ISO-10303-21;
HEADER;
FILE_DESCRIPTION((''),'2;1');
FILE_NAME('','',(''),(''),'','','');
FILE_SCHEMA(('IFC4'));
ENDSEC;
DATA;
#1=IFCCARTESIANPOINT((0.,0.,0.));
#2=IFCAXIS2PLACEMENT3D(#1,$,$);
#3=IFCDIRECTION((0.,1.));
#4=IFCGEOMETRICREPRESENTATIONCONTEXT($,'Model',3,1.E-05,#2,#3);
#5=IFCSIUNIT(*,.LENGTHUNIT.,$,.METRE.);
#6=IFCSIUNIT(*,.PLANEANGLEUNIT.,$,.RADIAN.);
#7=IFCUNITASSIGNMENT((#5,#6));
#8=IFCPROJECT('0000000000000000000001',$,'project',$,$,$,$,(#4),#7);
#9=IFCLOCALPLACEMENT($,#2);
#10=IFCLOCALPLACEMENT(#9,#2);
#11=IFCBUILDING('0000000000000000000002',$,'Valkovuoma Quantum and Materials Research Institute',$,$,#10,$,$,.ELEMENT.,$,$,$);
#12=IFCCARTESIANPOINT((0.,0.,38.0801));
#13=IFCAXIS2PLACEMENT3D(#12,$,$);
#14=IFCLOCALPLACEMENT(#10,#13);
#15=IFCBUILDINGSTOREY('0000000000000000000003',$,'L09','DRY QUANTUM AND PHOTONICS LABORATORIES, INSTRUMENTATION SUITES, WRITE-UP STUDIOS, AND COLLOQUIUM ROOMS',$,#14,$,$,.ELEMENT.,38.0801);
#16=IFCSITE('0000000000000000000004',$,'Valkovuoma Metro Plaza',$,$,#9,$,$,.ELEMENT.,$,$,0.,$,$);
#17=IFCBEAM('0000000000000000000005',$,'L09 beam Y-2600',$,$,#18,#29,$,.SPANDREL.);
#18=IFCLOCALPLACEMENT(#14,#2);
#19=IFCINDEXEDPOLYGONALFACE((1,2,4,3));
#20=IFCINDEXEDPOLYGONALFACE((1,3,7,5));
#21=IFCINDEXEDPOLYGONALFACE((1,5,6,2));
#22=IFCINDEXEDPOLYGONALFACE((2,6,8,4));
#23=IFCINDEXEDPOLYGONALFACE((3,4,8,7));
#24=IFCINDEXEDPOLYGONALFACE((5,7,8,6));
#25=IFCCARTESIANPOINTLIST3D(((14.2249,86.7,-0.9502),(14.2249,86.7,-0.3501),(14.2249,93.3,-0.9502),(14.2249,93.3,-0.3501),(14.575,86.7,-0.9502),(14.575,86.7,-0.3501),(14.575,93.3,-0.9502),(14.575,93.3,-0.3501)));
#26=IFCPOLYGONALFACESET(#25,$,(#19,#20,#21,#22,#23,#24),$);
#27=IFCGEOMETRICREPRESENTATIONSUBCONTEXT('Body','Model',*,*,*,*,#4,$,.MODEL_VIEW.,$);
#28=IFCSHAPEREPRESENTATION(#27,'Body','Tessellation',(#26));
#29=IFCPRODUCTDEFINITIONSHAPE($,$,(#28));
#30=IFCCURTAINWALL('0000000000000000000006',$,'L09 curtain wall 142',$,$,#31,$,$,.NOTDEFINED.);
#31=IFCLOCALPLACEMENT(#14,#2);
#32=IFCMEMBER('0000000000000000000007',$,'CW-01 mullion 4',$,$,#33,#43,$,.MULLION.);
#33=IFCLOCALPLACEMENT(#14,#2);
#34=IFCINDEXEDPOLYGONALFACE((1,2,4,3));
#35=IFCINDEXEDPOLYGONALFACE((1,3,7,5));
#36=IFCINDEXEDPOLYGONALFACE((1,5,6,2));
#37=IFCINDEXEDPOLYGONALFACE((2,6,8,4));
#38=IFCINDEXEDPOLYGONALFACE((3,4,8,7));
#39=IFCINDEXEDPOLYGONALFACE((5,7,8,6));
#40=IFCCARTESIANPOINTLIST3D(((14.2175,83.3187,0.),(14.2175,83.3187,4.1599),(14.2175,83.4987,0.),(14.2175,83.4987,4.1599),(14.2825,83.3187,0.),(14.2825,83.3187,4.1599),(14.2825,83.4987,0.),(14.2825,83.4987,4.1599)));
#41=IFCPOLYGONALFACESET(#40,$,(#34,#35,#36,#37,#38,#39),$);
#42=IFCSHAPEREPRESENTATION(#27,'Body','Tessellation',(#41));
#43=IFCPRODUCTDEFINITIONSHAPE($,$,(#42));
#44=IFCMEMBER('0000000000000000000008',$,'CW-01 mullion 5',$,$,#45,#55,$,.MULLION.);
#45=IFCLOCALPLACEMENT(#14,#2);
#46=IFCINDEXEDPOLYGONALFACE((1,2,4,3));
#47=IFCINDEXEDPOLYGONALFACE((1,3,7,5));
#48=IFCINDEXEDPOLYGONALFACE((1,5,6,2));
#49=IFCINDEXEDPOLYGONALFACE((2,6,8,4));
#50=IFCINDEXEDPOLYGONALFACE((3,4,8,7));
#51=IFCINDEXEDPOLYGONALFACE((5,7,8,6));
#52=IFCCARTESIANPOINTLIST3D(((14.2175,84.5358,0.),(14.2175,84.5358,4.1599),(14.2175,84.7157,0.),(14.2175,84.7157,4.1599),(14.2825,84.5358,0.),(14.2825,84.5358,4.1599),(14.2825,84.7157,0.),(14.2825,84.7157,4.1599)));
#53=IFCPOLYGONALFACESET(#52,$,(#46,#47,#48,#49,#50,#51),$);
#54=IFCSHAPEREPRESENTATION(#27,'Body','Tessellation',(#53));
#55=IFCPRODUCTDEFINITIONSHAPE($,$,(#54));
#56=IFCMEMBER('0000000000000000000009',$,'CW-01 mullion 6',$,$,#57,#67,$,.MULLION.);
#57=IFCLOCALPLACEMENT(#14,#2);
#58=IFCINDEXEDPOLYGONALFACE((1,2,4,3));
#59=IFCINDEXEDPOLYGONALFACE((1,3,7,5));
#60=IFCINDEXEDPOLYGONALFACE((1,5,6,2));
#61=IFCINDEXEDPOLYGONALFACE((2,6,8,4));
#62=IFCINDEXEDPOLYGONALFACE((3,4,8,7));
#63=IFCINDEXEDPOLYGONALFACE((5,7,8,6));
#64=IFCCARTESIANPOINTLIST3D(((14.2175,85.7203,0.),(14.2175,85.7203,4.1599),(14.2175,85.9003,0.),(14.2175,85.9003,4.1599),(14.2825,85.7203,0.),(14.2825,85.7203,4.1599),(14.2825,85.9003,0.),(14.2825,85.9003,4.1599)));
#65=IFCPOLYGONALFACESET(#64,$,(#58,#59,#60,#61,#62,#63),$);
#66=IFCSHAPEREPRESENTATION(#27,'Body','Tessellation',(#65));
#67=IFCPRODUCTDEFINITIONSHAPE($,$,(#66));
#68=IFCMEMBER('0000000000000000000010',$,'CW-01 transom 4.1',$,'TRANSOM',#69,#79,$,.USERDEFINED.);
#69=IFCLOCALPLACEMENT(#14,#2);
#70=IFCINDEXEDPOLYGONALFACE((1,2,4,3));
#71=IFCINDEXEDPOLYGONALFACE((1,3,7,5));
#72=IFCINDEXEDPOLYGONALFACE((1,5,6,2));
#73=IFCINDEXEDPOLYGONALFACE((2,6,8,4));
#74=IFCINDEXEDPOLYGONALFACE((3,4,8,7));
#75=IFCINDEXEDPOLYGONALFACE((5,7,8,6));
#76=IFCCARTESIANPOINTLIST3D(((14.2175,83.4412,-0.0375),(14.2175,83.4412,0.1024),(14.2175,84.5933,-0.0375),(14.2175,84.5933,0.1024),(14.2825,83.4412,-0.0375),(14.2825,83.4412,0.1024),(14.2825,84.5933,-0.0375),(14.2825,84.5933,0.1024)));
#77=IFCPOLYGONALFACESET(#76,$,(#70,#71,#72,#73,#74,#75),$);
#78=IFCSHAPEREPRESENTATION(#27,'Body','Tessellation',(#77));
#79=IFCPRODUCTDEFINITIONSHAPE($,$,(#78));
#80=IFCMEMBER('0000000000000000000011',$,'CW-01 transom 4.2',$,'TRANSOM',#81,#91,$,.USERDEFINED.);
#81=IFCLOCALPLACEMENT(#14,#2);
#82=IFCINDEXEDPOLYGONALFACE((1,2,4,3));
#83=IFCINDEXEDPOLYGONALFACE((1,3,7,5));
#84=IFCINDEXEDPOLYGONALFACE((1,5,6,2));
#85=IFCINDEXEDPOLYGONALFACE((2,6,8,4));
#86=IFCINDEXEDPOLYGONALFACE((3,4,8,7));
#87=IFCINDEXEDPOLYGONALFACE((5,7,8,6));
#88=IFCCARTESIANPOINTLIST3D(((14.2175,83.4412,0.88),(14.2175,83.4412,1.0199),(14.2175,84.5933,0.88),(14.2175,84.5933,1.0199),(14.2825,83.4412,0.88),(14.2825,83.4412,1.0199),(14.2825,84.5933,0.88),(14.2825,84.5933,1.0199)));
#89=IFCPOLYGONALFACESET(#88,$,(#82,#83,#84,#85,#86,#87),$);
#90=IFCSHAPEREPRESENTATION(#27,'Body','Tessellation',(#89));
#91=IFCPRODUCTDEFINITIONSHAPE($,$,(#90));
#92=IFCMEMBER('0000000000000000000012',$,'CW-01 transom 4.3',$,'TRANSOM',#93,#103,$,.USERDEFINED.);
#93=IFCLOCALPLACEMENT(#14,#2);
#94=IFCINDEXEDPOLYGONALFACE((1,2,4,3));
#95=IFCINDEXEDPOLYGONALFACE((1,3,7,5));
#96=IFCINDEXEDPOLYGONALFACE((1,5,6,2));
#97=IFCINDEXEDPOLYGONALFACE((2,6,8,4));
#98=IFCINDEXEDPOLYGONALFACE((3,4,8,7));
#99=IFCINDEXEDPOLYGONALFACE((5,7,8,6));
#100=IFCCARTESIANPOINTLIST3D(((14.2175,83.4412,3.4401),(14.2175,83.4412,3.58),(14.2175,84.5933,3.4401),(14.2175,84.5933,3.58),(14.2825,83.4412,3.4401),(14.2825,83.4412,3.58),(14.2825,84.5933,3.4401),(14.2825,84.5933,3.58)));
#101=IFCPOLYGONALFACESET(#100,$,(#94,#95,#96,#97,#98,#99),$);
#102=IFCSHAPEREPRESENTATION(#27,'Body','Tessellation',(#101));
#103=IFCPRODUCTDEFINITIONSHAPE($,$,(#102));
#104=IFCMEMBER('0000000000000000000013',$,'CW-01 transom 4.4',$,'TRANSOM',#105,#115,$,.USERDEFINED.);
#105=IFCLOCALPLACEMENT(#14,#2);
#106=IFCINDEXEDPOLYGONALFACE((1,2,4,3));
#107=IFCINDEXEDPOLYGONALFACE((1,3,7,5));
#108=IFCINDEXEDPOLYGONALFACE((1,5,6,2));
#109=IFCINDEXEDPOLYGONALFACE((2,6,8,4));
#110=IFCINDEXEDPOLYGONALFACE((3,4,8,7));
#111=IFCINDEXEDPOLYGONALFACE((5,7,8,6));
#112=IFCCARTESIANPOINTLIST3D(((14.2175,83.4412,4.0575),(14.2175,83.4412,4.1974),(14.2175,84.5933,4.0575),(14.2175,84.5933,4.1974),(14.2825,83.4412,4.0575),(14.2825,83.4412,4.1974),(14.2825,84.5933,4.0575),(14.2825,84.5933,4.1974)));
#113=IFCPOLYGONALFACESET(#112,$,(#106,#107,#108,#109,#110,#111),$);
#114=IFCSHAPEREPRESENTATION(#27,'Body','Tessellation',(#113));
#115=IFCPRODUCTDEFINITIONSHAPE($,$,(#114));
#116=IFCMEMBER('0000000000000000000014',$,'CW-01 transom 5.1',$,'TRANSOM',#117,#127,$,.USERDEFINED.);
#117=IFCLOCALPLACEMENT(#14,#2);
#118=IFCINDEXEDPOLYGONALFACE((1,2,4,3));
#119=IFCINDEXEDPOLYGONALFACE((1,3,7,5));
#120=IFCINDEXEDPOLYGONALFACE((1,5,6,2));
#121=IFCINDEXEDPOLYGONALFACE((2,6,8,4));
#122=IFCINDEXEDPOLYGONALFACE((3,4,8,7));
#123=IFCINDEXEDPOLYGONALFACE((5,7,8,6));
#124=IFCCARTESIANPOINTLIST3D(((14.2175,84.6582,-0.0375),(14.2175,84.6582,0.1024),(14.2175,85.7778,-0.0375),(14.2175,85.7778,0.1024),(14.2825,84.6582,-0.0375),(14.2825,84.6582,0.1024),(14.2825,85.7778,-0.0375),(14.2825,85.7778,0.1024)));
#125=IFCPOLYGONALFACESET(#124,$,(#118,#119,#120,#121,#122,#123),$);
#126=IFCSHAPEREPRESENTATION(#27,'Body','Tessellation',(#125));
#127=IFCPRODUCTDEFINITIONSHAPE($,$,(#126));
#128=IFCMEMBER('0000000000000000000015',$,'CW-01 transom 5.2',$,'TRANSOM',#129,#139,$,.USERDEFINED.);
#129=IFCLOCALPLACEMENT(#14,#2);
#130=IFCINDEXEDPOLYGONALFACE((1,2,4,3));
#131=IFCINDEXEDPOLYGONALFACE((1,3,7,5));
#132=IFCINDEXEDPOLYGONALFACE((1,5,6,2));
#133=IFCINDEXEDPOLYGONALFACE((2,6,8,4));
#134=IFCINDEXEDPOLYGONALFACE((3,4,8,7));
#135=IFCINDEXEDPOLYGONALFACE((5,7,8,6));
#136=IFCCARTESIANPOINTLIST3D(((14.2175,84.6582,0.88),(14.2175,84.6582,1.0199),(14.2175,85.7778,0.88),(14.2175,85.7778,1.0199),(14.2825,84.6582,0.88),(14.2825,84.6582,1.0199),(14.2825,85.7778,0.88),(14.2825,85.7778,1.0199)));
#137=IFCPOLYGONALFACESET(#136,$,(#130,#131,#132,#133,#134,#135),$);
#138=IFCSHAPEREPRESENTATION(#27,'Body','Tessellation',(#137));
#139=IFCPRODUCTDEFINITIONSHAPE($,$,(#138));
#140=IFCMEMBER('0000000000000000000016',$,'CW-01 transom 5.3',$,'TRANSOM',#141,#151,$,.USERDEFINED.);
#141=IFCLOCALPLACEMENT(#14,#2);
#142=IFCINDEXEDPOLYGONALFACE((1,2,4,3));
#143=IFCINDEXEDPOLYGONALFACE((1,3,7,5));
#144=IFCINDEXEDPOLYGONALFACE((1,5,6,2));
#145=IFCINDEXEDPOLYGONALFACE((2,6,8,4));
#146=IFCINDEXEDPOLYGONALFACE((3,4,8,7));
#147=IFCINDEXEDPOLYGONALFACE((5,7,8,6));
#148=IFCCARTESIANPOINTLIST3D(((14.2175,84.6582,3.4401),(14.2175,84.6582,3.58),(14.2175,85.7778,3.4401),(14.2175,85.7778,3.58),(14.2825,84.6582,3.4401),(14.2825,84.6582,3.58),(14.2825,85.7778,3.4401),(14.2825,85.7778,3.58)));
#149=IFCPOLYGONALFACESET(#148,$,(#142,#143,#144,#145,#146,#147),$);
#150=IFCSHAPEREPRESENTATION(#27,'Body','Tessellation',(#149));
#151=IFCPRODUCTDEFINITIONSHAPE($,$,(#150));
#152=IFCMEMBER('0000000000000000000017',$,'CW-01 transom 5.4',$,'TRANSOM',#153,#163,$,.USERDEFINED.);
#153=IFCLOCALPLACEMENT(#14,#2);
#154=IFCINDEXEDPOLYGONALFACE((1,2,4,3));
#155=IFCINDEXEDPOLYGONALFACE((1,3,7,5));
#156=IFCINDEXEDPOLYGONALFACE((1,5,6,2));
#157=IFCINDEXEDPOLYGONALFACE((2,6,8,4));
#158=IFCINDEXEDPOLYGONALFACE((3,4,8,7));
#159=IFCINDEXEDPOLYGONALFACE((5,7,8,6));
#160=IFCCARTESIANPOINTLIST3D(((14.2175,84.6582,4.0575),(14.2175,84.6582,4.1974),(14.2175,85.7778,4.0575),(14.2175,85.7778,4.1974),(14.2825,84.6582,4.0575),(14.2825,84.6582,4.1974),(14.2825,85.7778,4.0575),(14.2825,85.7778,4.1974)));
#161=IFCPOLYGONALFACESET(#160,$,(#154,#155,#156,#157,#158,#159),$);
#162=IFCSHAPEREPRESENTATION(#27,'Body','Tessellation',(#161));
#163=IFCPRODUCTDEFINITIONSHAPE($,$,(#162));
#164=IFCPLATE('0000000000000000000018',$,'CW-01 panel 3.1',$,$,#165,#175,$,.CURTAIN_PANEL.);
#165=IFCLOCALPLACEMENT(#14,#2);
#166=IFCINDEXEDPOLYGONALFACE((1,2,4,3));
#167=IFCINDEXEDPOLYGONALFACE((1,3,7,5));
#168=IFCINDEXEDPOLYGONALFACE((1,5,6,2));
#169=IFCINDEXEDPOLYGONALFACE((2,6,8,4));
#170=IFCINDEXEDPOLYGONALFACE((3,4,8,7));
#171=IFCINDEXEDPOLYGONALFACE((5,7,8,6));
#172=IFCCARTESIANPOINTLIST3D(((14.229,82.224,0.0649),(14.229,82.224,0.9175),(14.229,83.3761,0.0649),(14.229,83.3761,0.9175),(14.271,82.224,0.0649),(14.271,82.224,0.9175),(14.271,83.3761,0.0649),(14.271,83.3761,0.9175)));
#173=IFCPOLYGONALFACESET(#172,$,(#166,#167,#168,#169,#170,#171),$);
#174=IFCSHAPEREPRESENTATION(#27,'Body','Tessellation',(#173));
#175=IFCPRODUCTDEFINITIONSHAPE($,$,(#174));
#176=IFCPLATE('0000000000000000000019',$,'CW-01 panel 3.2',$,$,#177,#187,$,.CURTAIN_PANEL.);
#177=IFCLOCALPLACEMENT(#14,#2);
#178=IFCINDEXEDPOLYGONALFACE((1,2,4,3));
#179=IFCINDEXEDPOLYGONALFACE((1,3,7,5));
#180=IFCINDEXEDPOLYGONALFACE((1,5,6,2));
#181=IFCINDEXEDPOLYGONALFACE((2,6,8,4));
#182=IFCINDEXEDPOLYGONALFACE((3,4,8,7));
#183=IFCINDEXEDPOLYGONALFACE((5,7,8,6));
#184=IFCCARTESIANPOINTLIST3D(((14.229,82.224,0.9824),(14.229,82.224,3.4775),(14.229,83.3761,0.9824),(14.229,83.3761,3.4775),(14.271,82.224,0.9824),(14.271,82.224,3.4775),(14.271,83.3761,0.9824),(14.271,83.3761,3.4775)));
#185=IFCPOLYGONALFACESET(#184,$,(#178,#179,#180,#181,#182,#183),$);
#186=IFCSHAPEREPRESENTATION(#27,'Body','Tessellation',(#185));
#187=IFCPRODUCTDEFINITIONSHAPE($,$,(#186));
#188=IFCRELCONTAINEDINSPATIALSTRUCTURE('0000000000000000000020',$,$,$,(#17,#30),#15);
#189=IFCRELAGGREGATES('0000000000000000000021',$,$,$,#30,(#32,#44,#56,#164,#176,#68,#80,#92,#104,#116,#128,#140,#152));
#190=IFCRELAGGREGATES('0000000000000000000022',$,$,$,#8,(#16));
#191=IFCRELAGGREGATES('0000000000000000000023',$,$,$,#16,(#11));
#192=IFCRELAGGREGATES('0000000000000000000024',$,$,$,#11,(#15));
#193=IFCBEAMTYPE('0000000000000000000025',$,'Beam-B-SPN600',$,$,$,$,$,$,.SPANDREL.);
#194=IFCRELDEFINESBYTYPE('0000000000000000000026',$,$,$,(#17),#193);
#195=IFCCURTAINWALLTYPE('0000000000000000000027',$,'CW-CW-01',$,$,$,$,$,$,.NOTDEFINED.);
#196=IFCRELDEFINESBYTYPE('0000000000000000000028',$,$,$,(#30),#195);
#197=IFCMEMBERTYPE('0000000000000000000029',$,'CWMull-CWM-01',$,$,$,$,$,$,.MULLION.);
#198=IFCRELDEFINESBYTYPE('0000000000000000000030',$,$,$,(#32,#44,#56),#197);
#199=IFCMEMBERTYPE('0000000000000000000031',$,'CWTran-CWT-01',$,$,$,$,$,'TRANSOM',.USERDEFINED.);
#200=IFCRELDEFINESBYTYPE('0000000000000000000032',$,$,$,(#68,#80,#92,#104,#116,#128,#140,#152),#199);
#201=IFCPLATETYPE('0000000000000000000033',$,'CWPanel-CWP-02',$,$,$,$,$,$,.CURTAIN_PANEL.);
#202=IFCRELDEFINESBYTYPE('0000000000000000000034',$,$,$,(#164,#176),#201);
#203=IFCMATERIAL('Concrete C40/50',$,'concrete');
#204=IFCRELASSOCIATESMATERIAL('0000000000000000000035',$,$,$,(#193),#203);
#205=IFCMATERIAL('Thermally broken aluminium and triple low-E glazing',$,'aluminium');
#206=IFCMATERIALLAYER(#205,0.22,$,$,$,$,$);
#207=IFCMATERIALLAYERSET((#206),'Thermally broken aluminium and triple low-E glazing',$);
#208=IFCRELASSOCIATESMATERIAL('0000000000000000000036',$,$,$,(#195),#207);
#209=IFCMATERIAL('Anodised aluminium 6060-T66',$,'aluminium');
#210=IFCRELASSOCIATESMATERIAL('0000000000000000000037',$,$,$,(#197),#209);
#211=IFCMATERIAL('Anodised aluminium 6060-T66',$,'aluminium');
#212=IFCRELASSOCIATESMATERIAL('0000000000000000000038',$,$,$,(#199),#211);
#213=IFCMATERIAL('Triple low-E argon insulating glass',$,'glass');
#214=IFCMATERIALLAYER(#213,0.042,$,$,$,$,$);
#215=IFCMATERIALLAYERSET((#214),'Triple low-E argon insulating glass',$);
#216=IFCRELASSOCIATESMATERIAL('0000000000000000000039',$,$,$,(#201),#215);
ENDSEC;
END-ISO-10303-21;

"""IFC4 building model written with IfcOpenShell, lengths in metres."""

from ifc_helpers import new_model, si_unit, direction, frame, origin, origin_2d, place, context, subcontext, project, spatial, rectangle, extrude, material, layer, layer_set, material_profile, profile_set, type_object, element, aggregate, save


model = new_model("IFC4")

# Units and contexts
model_context = context("Model", 3, precision=1e-05, world=origin(), true_north=direction((0.0, 1.0)))
body_context = subcontext(model_context, "Body", "Model", "MODEL_VIEW")
ifc_project = project(units=[si_unit("LENGTHUNIT", "METRE"), si_unit("PLANEANGLEUNIT", "RADIAN")], contexts=[model_context])

# Site, building, storey
site_placement = place(None, origin())
site = spatial("IfcSite", under=ifc_project, at=site_placement, Name="Valkovuoma Metro Plaza", CompositionType="ELEMENT", RefElevation=0.0)
building_placement = place(site_placement, origin())
building = spatial("IfcBuilding", under=site, at=building_placement, Name="Valkovuoma Quantum and Materials Research Institute", CompositionType="ELEMENT")
storey_placement = place(building_placement, frame((0.0, 0.0, 38.0801)))
storey = spatial("IfcBuildingStorey", under=building, at=storey_placement, Name="L09", Description="DRY QUANTUM AND PHOTONICS LABORATORIES, INSTRUMENTATION SUITES, WRITE-UP STUDIOS, AND COLLOQUIUM ROOMS", CompositionType="ELEMENT", Elevation=38.0801)

# Beam
ifc_material_1 = material(Name="Concrete C40/50", Category="concrete")
ifc_material_profile_1 = material_profile(ifc_material_1, rectangle(XDim=0.3501, YDim=0.6001, at=origin_2d()), Name="Concrete C40/50")
ifc_profile_set_1 = profile_set([ifc_material_profile_1], Name="Concrete C40/50")
beam_type_1 = type_object("IfcBeamType", Name="Beam-B-SPN600", PredefinedType="SPANDREL", material=ifc_profile_set_1)
beam_1_placement = place(storey_placement, frame((14.3999, 86.7, -0.6501), z_axis=(0.0, 1.0, 0.0), x_axis=(-1.0, 0.0, 0.0)))
element("IfcBeam", 1, at=beam_1_placement, inside=storey, type_object=beam_type_1, Name="L09 beam Y-2600", PredefinedType="SPANDREL", context=body_context, shape_type="SweptSolid", body=[
    extrude(rectangle(XDim=0.3501, YDim=0.6001, at=origin_2d()), origin(), (0.0, 0.0, 1.0), 6.6001),
])

# Curtain wall, members, plates
ifc_material_2 = material(Name="Thermally broken aluminium and triple low-E glazing", Category="aluminium")
ifc_layer_1 = layer(ifc_material_2, 0.22)
ifc_layer_set_1 = layer_set([ifc_layer_1], Name="Thermally broken aluminium and triple low-E glazing")
curtain_wall_type = type_object("IfcCurtainWallType", Name="CW-CW-01", PredefinedType="NOTDEFINED", material=ifc_layer_set_1)
curtain_wall_placement = place(storey_placement, origin())
curtain_wall = element("IfcCurtainWall", 2, at=curtain_wall_placement, inside=storey, type_object=curtain_wall_type, Name="L09 curtain wall 142", PredefinedType="NOTDEFINED")
ifc_material_3 = material(Name="Anodised aluminium 6060-T66", Category="aluminium")
ifc_material_profile_2 = material_profile(ifc_material_3, rectangle(XDim=0.0649, YDim=0.1799, at=origin_2d()), Name="Anodised aluminium 6060-T66")
ifc_profile_set_2 = profile_set([ifc_material_profile_2], Name="Anodised aluminium 6060-T66")
member_type_1 = type_object("IfcMemberType", Name="CWMull-CWM-01", PredefinedType="MULLION", material=ifc_profile_set_2)
member_1_placement = place(storey_placement, frame((14.25, 83.4087, 0.0), z_axis=(0.0, 0.0, 1.0), x_axis=(-1.0, 0.0, 0.0)))
member_1 = element("IfcMember", 3, at=member_1_placement, type_object=member_type_1, Name="CW-01 mullion 4", PredefinedType="MULLION", context=body_context, shape_type="SweptSolid", body=[
    extrude(rectangle(XDim=0.0649, YDim=0.1799, at=origin_2d()), origin(), (0.0, 0.0, 1.0), 4.1599),
])
member_2_placement = place(storey_placement, frame((14.25, 84.6257, 0.0), z_axis=(0.0, 0.0, 1.0), x_axis=(-1.0, 0.0, 0.0)))
member_2 = element("IfcMember", 4, at=member_2_placement, type_object=member_type_1, Name="CW-01 mullion 5", PredefinedType="MULLION", context=body_context, shape_type="SweptSolid", body=[
    extrude(rectangle(XDim=0.0649, YDim=0.1799, at=origin_2d()), origin(), (0.0, 0.0, 1.0), 4.1599),
])
member_3_placement = place(storey_placement, frame((14.25, 85.8103, 0.0), z_axis=(0.0, 0.0, 1.0), x_axis=(-1.0, 0.0, 0.0)))
member_3 = element("IfcMember", 5, at=member_3_placement, type_object=member_type_1, Name="CW-01 mullion 6", PredefinedType="MULLION", context=body_context, shape_type="SweptSolid", body=[
    extrude(rectangle(XDim=0.0649, YDim=0.1799, at=origin_2d()), origin(), (0.0, 0.0, 1.0), 4.1599),
])
ifc_material_4 = material(Name="Anodised aluminium 6060-T66", Category="aluminium")
ifc_material_profile_3 = material_profile(ifc_material_4, rectangle(XDim=0.0649, YDim=0.1399, at=origin_2d()), Name="Anodised aluminium 6060-T66")
ifc_profile_set_3 = profile_set([ifc_material_profile_3], Name="Anodised aluminium 6060-T66")
member_type_2 = type_object("IfcMemberType", Name="CWTran-CWT-01", ElementType="TRANSOM", PredefinedType="USERDEFINED", material=ifc_profile_set_3)
member_4_placement = place(storey_placement, frame((14.25, 83.4412, 0.0325), z_axis=(0.0, 1.0, 0.0), x_axis=(-1.0, 0.0, 0.0)))
member_4 = element("IfcMember", 6, at=member_4_placement, type_object=member_type_2, Name="CW-01 transom 4.1", ObjectType="TRANSOM", PredefinedType="USERDEFINED", context=body_context, shape_type="SweptSolid", body=[
    extrude(rectangle(XDim=0.0649, YDim=0.1399, at=origin_2d()), origin(), (0.0, 0.0, 1.0), 1.1521),
])
member_5_placement = place(storey_placement, frame((14.25, 83.4412, 0.95), z_axis=(0.0, 1.0, 0.0), x_axis=(-1.0, 0.0, 0.0)))
member_5 = element("IfcMember", 7, at=member_5_placement, type_object=member_type_2, Name="CW-01 transom 4.2", ObjectType="TRANSOM", PredefinedType="USERDEFINED", context=body_context, shape_type="SweptSolid", body=[
    extrude(rectangle(XDim=0.0649, YDim=0.1399, at=origin_2d()), origin(), (0.0, 0.0, 1.0), 1.1521),
])
member_6_placement = place(storey_placement, frame((14.25, 83.4412, 3.51), z_axis=(0.0, 1.0, 0.0), x_axis=(-1.0, 0.0, 0.0)))
member_6 = element("IfcMember", 8, at=member_6_placement, type_object=member_type_2, Name="CW-01 transom 4.3", ObjectType="TRANSOM", PredefinedType="USERDEFINED", context=body_context, shape_type="SweptSolid", body=[
    extrude(rectangle(XDim=0.0649, YDim=0.1399, at=origin_2d()), origin(), (0.0, 0.0, 1.0), 1.1521),
])
member_7_placement = place(storey_placement, frame((14.25, 83.4412, 4.1274), z_axis=(0.0, 1.0, 0.0), x_axis=(-1.0, 0.0, 0.0)))
member_7 = element("IfcMember", 9, at=member_7_placement, type_object=member_type_2, Name="CW-01 transom 4.4", ObjectType="TRANSOM", PredefinedType="USERDEFINED", context=body_context, shape_type="SweptSolid", body=[
    extrude(rectangle(XDim=0.0649, YDim=0.1399, at=origin_2d()), origin(), (0.0, 0.0, 1.0), 1.1521),
])
member_8_placement = place(storey_placement, frame((14.25, 84.6582, 0.0325), z_axis=(0.0, 1.0, 0.0), x_axis=(-1.0, 0.0, 0.0)))
member_8 = element("IfcMember", 10, at=member_8_placement, type_object=member_type_2, Name="CW-01 transom 5.1", ObjectType="TRANSOM", PredefinedType="USERDEFINED", context=body_context, shape_type="SweptSolid", body=[
    extrude(rectangle(XDim=0.0649, YDim=0.1399, at=origin_2d()), origin(), (0.0, 0.0, 1.0), 1.1196),
])
member_9_placement = place(storey_placement, frame((14.25, 84.6582, 0.95), z_axis=(0.0, 1.0, 0.0), x_axis=(-1.0, 0.0, 0.0)))
member_9 = element("IfcMember", 11, at=member_9_placement, type_object=member_type_2, Name="CW-01 transom 5.2", ObjectType="TRANSOM", PredefinedType="USERDEFINED", context=body_context, shape_type="SweptSolid", body=[
    extrude(rectangle(XDim=0.0649, YDim=0.1399, at=origin_2d()), origin(), (0.0, 0.0, 1.0), 1.1196),
])
member_10_placement = place(storey_placement, frame((14.25, 84.6582, 3.51), z_axis=(0.0, 1.0, 0.0), x_axis=(-1.0, 0.0, 0.0)))
member_10 = element("IfcMember", 12, at=member_10_placement, type_object=member_type_2, Name="CW-01 transom 5.3", ObjectType="TRANSOM", PredefinedType="USERDEFINED", context=body_context, shape_type="SweptSolid", body=[
    extrude(rectangle(XDim=0.0649, YDim=0.1399, at=origin_2d()), origin(), (0.0, 0.0, 1.0), 1.1196),
])
member_11_placement = place(storey_placement, frame((14.25, 84.6582, 4.1274), z_axis=(0.0, 1.0, 0.0), x_axis=(-1.0, 0.0, 0.0)))
member_11 = element("IfcMember", 13, at=member_11_placement, type_object=member_type_2, Name="CW-01 transom 5.4", ObjectType="TRANSOM", PredefinedType="USERDEFINED", context=body_context, shape_type="SweptSolid", body=[
    extrude(rectangle(XDim=0.0649, YDim=0.1399, at=origin_2d()), origin(), (0.0, 0.0, 1.0), 1.1196),
])
ifc_material_5 = material(Name="Triple low-E argon insulating glass", Category="glass")
ifc_layer_2 = layer(ifc_material_5, 0.042)
ifc_layer_set_2 = layer_set([ifc_layer_2], Name="Triple low-E argon insulating glass")
plate_type = type_object("IfcPlateType", Name="CWPanel-CWP-02", PredefinedType="CURTAIN_PANEL", material=ifc_layer_set_2)
plate_1_placement = place(storey_placement, frame((14.25, 82.8, 0.0649), z_axis=(0.0, 0.0, 1.0), x_axis=(0.0, 1.0, 0.0)))
plate_1 = element("IfcPlate", 14, at=plate_1_placement, type_object=plate_type, Name="CW-01 panel 3.1", PredefinedType="CURTAIN_PANEL", context=body_context, shape_type="SweptSolid", body=[
    extrude(rectangle(XDim=1.1521, YDim=0.042, at=origin_2d()), origin(), (0.0, 0.0, 1.0), 0.8525),
])
plate_2_placement = place(storey_placement, frame((14.25, 82.8, 0.9824), z_axis=(0.0, 0.0, 1.0), x_axis=(0.0, 1.0, 0.0)))
plate_2 = element("IfcPlate", 15, at=plate_2_placement, type_object=plate_type, Name="CW-01 panel 3.2", PredefinedType="CURTAIN_PANEL", context=body_context, shape_type="SweptSolid", body=[
    extrude(rectangle(XDim=1.1521, YDim=0.042, at=origin_2d()), origin(), (0.0, 0.0, 1.0), 2.4951),
])
aggregate(curtain_wall, [member_1, member_2, member_3, plate_1, plate_2, member_4, member_5, member_6, member_7, member_8, member_9, member_10, member_11])

save(model, "model.ifc")
